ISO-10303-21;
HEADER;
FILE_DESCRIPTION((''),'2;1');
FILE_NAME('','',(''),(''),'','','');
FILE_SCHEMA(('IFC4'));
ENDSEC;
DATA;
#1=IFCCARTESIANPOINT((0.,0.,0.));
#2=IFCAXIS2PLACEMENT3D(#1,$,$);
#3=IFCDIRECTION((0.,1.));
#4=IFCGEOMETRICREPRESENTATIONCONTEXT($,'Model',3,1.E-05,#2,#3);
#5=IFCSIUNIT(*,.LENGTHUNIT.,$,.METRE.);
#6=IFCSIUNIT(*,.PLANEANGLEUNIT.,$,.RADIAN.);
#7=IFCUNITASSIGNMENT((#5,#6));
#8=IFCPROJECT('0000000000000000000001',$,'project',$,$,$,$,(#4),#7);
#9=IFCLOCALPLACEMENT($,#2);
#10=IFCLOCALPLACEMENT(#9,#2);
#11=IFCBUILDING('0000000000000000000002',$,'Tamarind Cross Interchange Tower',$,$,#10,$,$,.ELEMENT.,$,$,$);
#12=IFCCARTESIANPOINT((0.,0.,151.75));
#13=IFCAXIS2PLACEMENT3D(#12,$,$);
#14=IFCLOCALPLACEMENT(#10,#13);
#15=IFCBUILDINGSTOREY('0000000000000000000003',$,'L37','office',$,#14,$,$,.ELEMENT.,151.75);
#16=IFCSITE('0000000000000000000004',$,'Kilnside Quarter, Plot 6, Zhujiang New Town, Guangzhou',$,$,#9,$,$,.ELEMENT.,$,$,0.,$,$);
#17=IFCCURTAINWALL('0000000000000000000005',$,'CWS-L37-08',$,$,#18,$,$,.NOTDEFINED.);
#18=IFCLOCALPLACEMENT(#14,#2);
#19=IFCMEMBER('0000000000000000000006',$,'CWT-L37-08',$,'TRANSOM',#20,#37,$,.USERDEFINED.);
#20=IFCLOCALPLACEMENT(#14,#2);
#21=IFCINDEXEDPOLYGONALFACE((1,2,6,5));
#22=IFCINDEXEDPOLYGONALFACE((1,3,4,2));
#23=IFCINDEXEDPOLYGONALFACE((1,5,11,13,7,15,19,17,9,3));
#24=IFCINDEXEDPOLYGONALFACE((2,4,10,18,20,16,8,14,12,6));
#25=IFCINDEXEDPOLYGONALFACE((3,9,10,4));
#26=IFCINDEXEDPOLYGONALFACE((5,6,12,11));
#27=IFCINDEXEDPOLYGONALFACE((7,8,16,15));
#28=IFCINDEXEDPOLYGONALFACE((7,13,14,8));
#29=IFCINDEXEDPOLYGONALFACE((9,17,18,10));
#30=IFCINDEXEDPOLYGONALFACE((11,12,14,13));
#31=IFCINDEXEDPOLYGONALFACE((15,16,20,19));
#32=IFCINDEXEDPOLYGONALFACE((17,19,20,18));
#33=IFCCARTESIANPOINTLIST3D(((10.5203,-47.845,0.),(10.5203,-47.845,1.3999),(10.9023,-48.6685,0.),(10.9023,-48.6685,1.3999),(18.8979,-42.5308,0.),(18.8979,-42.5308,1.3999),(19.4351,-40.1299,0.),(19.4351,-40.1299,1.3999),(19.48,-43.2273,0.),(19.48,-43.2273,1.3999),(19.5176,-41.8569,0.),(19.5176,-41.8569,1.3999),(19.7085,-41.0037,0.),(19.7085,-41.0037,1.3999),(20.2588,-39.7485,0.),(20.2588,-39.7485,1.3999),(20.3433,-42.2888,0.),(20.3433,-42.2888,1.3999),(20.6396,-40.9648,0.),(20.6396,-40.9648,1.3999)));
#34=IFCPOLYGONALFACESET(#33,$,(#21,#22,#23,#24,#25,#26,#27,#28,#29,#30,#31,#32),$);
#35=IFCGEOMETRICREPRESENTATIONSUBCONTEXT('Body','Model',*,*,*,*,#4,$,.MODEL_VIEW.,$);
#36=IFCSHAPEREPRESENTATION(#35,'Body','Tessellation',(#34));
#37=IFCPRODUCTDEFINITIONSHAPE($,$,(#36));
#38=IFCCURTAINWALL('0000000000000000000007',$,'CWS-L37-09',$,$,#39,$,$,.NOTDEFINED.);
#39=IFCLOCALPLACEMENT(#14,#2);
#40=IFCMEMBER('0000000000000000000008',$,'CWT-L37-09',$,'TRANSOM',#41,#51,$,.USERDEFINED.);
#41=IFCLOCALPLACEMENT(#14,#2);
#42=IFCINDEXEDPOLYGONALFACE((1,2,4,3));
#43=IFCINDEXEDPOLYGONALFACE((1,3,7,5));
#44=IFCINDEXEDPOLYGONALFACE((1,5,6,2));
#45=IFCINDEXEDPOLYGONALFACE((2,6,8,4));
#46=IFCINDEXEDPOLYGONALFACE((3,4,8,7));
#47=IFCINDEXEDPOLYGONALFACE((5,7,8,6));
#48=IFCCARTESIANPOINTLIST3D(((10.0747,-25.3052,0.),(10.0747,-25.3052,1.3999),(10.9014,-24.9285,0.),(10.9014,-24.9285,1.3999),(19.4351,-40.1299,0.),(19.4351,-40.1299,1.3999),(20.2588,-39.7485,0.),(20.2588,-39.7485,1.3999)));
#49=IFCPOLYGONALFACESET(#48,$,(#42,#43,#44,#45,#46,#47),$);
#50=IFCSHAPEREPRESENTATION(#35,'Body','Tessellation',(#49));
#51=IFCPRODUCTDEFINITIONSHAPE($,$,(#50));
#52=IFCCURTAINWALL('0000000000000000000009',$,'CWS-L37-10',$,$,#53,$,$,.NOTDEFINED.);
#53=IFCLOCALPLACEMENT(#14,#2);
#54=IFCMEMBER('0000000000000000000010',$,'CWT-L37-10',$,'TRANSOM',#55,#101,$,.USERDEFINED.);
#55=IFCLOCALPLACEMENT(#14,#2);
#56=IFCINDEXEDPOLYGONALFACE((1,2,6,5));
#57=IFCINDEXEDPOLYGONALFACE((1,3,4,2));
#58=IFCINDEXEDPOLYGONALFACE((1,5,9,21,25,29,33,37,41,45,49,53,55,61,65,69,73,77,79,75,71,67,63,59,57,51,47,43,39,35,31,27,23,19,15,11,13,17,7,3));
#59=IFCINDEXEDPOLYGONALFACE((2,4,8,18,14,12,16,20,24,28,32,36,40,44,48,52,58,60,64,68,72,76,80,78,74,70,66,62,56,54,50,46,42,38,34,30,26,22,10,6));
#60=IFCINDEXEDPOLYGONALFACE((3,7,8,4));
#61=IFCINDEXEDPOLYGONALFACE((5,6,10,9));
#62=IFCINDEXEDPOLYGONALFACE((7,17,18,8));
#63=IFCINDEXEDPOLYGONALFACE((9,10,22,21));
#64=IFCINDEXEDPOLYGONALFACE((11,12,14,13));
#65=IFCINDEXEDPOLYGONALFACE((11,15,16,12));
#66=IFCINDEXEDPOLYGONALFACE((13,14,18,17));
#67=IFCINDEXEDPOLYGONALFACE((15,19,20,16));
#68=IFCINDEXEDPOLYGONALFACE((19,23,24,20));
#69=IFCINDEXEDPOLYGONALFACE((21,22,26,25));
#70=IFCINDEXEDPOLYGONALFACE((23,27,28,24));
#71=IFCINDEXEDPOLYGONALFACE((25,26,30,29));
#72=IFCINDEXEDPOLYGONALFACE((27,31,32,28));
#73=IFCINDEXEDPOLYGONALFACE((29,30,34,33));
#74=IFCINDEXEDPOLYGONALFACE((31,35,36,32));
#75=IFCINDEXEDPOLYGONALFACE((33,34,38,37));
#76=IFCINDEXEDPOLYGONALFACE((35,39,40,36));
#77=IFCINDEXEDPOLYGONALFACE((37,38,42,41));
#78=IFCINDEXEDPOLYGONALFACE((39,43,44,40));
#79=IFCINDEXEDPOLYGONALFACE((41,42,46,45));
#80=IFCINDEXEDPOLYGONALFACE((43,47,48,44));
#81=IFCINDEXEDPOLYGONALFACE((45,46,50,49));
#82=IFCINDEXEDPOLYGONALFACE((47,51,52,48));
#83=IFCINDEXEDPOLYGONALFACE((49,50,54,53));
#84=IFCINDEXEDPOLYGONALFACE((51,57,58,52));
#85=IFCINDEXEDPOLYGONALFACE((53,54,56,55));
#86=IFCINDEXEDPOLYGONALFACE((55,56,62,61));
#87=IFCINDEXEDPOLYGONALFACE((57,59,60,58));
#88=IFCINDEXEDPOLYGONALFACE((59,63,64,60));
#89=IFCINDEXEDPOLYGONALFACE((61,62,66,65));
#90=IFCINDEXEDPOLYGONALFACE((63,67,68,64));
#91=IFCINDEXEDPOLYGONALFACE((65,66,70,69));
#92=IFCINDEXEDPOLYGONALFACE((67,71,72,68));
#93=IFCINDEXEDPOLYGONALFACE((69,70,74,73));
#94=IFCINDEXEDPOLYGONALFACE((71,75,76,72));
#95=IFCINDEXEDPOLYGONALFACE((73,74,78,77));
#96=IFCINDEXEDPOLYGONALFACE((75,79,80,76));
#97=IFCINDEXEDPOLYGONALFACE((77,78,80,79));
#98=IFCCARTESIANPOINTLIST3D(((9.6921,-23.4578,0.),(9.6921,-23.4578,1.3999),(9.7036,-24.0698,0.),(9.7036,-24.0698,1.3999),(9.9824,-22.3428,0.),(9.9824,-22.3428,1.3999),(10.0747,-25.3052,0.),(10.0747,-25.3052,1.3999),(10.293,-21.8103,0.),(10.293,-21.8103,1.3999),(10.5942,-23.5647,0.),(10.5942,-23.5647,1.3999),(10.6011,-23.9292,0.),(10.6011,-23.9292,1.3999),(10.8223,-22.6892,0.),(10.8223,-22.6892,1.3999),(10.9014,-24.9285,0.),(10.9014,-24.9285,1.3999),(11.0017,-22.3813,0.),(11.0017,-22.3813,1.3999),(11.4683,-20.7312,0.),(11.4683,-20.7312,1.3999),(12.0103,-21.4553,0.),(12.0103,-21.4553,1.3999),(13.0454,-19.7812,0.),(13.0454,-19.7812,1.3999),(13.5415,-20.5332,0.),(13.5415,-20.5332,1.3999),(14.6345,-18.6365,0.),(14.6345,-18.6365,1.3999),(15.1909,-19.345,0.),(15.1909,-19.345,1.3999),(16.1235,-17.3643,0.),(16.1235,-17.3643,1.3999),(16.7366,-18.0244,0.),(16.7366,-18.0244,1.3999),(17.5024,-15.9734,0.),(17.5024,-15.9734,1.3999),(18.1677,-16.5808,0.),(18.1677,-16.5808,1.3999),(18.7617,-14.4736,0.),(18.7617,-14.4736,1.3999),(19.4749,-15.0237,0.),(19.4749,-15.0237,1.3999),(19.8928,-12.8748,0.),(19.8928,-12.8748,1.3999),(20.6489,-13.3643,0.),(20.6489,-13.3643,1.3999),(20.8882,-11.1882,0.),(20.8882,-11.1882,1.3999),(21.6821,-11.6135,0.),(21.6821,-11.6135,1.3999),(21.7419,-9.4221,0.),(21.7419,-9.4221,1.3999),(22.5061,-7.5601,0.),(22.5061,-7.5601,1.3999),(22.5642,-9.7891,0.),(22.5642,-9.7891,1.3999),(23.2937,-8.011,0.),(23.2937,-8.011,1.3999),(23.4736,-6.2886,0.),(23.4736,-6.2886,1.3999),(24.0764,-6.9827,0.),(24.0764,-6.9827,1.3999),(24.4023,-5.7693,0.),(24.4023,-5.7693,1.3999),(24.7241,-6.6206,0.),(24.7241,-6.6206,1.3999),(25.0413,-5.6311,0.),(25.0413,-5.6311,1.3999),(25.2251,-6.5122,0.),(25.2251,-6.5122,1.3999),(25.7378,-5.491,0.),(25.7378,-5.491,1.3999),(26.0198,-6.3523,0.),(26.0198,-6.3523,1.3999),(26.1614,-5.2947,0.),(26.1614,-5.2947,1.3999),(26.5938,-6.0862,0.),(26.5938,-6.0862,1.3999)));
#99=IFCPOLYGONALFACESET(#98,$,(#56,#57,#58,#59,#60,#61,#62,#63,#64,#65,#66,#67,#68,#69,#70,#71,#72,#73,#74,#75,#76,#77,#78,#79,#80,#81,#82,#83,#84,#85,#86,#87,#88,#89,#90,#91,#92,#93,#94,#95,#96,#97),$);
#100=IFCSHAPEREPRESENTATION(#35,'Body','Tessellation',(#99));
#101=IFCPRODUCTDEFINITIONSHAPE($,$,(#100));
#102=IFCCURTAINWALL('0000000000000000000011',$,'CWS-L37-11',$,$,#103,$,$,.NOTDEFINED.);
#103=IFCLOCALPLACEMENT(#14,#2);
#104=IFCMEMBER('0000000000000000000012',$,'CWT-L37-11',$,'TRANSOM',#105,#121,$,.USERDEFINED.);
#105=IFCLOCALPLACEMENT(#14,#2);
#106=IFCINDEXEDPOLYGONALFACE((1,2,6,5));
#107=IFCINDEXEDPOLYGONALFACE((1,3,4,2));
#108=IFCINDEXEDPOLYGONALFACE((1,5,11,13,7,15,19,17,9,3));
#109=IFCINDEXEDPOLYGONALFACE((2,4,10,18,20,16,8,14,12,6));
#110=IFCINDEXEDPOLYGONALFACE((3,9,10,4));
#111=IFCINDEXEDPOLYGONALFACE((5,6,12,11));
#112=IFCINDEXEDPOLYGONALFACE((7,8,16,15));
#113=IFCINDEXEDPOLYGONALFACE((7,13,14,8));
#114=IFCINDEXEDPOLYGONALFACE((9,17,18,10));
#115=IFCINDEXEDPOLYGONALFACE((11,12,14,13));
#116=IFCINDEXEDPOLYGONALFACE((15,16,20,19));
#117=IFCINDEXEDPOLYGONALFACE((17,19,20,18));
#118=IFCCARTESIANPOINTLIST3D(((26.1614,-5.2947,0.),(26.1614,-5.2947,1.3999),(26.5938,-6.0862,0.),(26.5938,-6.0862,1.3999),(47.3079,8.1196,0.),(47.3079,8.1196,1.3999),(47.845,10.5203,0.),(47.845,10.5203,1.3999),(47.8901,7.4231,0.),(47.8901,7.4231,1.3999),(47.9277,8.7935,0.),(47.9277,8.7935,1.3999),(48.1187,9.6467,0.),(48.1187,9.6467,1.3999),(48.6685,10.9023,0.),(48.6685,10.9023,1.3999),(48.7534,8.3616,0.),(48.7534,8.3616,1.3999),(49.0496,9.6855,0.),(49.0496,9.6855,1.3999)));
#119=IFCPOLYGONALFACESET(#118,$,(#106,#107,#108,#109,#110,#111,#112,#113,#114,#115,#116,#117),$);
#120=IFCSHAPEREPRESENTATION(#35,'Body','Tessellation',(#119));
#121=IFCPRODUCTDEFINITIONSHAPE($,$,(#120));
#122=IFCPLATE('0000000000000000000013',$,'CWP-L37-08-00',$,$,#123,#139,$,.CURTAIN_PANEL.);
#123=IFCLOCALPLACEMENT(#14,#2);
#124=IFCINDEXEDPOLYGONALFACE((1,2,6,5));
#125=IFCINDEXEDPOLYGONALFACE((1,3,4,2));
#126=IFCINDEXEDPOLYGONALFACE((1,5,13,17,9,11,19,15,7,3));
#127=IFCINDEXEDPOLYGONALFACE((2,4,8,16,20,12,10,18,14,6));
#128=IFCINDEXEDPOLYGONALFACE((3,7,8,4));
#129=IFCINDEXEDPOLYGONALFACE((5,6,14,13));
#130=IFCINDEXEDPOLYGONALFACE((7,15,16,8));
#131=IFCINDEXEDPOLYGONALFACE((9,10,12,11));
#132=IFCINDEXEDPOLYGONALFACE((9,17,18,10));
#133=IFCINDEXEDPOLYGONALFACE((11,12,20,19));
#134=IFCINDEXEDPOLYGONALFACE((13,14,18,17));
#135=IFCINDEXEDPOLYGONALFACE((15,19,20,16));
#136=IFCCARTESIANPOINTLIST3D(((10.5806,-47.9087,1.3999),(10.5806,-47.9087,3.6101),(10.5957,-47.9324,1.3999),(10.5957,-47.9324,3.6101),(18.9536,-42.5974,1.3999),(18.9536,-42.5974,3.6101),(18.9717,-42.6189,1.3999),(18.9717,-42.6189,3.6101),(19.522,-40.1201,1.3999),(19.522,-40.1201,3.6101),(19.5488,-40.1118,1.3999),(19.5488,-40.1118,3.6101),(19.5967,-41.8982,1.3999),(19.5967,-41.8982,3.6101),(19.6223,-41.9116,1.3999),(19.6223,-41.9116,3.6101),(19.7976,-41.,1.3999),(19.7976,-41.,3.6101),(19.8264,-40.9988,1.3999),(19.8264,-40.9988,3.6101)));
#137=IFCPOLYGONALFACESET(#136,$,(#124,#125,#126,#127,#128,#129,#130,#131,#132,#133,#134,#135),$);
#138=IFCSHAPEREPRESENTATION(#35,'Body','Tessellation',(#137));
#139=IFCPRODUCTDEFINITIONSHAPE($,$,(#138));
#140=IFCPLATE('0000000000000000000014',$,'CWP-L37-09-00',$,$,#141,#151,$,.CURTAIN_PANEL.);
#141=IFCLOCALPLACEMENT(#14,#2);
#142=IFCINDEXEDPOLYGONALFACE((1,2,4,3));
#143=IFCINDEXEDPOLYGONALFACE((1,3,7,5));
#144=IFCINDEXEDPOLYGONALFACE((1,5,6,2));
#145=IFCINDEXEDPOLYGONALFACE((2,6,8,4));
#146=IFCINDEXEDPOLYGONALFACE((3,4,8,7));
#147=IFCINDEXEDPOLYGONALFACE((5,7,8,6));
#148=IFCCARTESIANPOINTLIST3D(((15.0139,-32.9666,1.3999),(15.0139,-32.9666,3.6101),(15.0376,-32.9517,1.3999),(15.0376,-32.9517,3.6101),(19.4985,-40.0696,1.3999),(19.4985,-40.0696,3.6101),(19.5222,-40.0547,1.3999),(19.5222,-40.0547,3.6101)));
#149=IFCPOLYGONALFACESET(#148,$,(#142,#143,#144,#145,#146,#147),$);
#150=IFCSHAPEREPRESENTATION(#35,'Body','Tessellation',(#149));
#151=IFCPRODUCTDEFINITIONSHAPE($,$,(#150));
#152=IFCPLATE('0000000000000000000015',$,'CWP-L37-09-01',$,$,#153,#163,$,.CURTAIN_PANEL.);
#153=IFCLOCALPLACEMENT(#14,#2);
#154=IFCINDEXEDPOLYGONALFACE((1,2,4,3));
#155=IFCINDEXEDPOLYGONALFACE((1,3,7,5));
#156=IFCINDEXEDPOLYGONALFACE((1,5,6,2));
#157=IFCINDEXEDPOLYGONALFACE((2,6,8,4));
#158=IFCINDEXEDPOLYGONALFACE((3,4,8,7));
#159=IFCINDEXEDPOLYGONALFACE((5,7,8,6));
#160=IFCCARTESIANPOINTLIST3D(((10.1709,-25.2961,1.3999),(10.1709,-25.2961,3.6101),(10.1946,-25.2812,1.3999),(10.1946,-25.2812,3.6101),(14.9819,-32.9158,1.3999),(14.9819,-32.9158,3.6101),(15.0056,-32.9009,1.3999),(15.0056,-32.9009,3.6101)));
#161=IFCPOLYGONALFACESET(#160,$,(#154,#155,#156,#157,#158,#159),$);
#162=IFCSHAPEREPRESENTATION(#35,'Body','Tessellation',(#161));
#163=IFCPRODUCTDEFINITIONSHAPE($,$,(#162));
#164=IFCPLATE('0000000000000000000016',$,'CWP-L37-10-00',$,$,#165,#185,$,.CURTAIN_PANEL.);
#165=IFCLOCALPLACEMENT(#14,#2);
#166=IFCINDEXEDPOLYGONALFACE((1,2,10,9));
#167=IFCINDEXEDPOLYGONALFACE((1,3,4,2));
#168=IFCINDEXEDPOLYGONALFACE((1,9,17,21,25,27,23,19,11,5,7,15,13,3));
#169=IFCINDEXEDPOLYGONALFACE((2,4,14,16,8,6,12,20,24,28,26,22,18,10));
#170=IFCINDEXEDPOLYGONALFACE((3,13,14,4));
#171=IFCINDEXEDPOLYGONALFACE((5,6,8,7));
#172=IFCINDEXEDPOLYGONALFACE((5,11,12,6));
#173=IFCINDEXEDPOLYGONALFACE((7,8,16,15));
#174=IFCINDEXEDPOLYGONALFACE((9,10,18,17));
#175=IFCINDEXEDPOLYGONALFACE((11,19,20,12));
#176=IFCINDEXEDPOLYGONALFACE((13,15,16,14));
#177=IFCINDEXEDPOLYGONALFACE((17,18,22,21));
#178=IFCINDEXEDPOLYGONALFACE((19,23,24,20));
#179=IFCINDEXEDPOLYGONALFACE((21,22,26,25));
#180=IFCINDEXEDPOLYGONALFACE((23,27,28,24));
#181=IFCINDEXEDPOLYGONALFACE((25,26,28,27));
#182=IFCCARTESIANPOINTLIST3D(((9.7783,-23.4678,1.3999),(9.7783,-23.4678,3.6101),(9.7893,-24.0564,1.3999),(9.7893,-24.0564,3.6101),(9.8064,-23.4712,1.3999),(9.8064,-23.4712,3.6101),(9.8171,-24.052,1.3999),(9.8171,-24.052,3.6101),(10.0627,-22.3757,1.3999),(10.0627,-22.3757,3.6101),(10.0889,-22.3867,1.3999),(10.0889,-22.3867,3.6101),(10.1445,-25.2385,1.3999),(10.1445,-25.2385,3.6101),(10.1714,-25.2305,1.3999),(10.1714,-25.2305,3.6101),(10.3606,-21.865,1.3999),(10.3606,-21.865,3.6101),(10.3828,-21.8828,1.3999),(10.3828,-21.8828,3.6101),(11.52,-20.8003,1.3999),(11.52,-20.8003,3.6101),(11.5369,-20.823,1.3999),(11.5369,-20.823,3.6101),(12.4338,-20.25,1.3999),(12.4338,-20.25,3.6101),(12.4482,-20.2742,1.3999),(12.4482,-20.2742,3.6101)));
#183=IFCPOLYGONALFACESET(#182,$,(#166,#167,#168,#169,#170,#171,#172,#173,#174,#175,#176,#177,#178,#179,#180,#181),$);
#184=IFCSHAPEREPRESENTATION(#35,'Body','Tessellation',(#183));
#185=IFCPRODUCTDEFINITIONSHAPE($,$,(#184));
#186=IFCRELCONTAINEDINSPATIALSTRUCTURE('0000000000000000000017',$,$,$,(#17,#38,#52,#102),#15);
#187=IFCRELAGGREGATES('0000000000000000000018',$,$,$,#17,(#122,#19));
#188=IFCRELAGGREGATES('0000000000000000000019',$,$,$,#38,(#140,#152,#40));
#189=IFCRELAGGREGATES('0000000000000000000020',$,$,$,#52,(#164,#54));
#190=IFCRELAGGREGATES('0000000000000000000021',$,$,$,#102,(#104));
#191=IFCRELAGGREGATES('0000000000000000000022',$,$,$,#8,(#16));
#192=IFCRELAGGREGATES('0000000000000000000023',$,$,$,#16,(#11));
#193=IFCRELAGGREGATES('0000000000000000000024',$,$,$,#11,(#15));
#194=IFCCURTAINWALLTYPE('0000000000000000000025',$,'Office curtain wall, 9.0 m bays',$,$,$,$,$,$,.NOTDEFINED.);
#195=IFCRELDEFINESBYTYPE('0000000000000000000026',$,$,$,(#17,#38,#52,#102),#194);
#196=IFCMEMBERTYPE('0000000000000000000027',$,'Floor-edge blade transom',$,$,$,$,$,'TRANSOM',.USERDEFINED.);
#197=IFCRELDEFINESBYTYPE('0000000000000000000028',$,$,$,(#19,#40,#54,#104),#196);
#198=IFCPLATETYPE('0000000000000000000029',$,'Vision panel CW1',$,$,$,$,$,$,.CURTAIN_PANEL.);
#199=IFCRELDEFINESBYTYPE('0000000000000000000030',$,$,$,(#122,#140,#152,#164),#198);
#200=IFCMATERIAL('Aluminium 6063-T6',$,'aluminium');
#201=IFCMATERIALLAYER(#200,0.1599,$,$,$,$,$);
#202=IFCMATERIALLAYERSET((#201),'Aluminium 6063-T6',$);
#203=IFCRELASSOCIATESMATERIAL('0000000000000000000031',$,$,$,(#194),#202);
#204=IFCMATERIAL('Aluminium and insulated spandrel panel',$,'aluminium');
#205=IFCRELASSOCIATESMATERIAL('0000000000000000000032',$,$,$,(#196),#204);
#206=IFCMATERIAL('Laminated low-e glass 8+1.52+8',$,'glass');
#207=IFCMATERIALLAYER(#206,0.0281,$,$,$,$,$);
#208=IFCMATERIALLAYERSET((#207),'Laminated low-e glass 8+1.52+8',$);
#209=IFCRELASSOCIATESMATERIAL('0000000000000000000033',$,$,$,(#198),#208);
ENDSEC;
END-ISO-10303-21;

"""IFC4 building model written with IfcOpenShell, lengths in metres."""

from ifc_helpers import new_model, si_unit, direction, frame, origin, place, context, subcontext, project, spatial, polyline, outline, extrude, material, layer, layer_set, type_object, element, aggregate, save


model = new_model("IFC4")

# Units and contexts
model_context = context("Model", 3, precision=1e-05, world=origin(), true_north=direction((0.0, 1.0)))
body_context = subcontext(model_context, "Body", "Model", "MODEL_VIEW")
ifc_project = project(units=[si_unit("LENGTHUNIT", "METRE"), si_unit("PLANEANGLEUNIT", "RADIAN")], contexts=[model_context])

# Site, building, storey
site_placement = place(None, origin())
site = spatial("IfcSite", under=ifc_project, at=site_placement, Name="Kilnside Quarter, Plot 6, Zhujiang New Town, Guangzhou", CompositionType="ELEMENT", RefElevation=0.0)
building_placement = place(site_placement, origin())
building = spatial("IfcBuilding", under=site, at=building_placement, Name="Tamarind Cross Interchange Tower", CompositionType="ELEMENT")
storey_placement = place(building_placement, frame((0.0, 0.0, 151.75)))
storey = spatial("IfcBuildingStorey", under=building, at=storey_placement, Name="L37", Description="office", CompositionType="ELEMENT", Elevation=151.75)

# Curtain walls, members
ifc_material_1 = material(Name="Aluminium 6063-T6", Category="aluminium")
ifc_layer_1 = layer(ifc_material_1, 0.1599)
ifc_layer_set_1 = layer_set([ifc_layer_1], Name="Aluminium 6063-T6")
curtain_wall_type = type_object("IfcCurtainWallType", Name="Office curtain wall, 9.0 m bays", PredefinedType="NOTDEFINED", material=ifc_layer_set_1)
curtain_wall_1_placement = place(storey_placement, origin())
curtain_wall_1 = element("IfcCurtainWall", 1, at=curtain_wall_1_placement, inside=storey, type_object=curtain_wall_type, Name="CWS-L37-08", PredefinedType="NOTDEFINED")
ifc_material_2 = material(Name="Aluminium and insulated spandrel panel", Category="aluminium")
member_type = type_object("IfcMemberType", Name="Floor-edge blade transom", ElementType="TRANSOM", PredefinedType="USERDEFINED", material=ifc_material_2)
member_1_placement = place(storey_placement, origin())
member_1 = element("IfcMember", 2, at=member_1_placement, type_object=member_type, Name="CWT-L37-08", ObjectType="TRANSOM", PredefinedType="USERDEFINED", context=body_context, shape_type="SweptSolid", body=[
    extrude(outline(polyline([(10.5203, -47.845), (18.8979, -42.5308), (19.5176, -41.8569), (19.7085, -41.0037), (19.4351, -40.1299), (20.2588, -39.7485), (20.6396, -40.9648), (20.3433, -42.2888), (19.48, -43.2273), (10.9023, -48.6685), (10.5203, -47.845)])), origin(), (0.0, 0.0, 1.0), 1.3999),
])
curtain_wall_2_placement = place(storey_placement, origin())
curtain_wall_2 = element("IfcCurtainWall", 3, at=curtain_wall_2_placement, inside=storey, type_object=curtain_wall_type, Name="CWS-L37-09", PredefinedType="NOTDEFINED")
member_2_placement = place(storey_placement, origin())
member_2 = element("IfcMember", 4, at=member_2_placement, type_object=member_type, Name="CWT-L37-09", ObjectType="TRANSOM", PredefinedType="USERDEFINED", context=body_context, shape_type="SweptSolid", body=[
    extrude(outline(polyline([(19.4351, -40.1299), (10.0747, -25.3052), (10.9014, -24.9285), (20.2588, -39.7485), (19.4351, -40.1299)])), origin(), (0.0, 0.0, 1.0), 1.3999),
])
curtain_wall_3_placement = place(storey_placement, origin())
curtain_wall_3 = element("IfcCurtainWall", 5, at=curtain_wall_3_placement, inside=storey, type_object=curtain_wall_type, Name="CWS-L37-10", PredefinedType="NOTDEFINED")
member_3_placement = place(storey_placement, origin())
member_3 = element("IfcMember", 6, at=member_3_placement, type_object=member_type, Name="CWT-L37-10", ObjectType="TRANSOM", PredefinedType="USERDEFINED", context=body_context, shape_type="SweptSolid", body=[
    extrude(outline(polyline([(10.0747, -25.3052), (9.7036, -24.0698), (9.6921, -23.4578), (9.9824, -22.3428), (10.293, -21.8103), (11.4683, -20.7312), (13.0454, -19.7812), (14.6345, -18.6365), (16.1235, -17.3643), (17.5024, -15.9734), (18.7617, -14.4736), (19.8928, -12.8748), (20.8882, -11.1882), (21.7419, -9.4221), (22.5061, -7.5601), (23.4736, -6.2886), (24.4023, -5.7693), (25.0413, -5.6311), (25.7378, -5.491), (26.1614, -5.2947), (26.5938, -6.0862), (26.0198, -6.3523), (25.2251, -6.5122), (24.7241, -6.6206), (24.0764, -6.9827), (23.2937, -8.011), (22.5642, -9.7891), (21.6821, -11.6135), (20.6489, -13.3643), (19.4749, -15.0237), (18.1677, -16.5808), (16.7366, -18.0244), (15.1909, -19.345), (13.5415, -20.5332), (12.0103, -21.4553), (11.0017, -22.3813), (10.8223, -22.6892), (10.5942, -23.5647), (10.6011, -23.9292), (10.9014, -24.9285), (10.0747, -25.3052)])), origin(), (0.0, 0.0, 1.0), 1.3999),
])
curtain_wall_4_placement = place(storey_placement, origin())
curtain_wall_4 = element("IfcCurtainWall", 7, at=curtain_wall_4_placement, inside=storey, type_object=curtain_wall_type, Name="CWS-L37-11", PredefinedType="NOTDEFINED")
member_4_placement = place(storey_placement, origin())
member_4 = element("IfcMember", 8, at=member_4_placement, type_object=member_type, Name="CWT-L37-11", ObjectType="TRANSOM", PredefinedType="USERDEFINED", context=body_context, shape_type="SweptSolid", body=[
    extrude(outline(polyline([(26.1614, -5.2947), (47.3079, 8.1196), (47.9277, 8.7935), (48.1187, 9.6467), (47.845, 10.5203), (48.6685, 10.9023), (49.0496, 9.6855), (48.7534, 8.3616), (47.8901, 7.4231), (26.5938, -6.0862), (26.1614, -5.2947)])), origin(), (0.0, 0.0, 1.0), 1.3999),
])

# Plates
ifc_material_3 = material(Name="Laminated low-e glass 8+1.52+8", Category="glass")
ifc_layer_2 = layer(ifc_material_3, 0.0281)
ifc_layer_set_2 = layer_set([ifc_layer_2], Name="Laminated low-e glass 8+1.52+8")
plate_type = type_object("IfcPlateType", Name="Vision panel CW1", PredefinedType="CURTAIN_PANEL", material=ifc_layer_set_2)
plate_1_placement = place(storey_placement, frame((0.0, 0.0, 1.3999)))
plate_1 = element("IfcPlate", 9, at=plate_1_placement, type_object=plate_type, Name="CWP-L37-08-00", PredefinedType="CURTAIN_PANEL", context=body_context, shape_type="SweptSolid", body=[
    extrude(outline(polyline([(10.5806, -47.9087), (18.9536, -42.5974), (19.5967, -41.8982), (19.7976, -41.0), (19.522, -40.1201), (19.5488, -40.1118), (19.8264, -40.9988), (19.6223, -41.9116), (18.9717, -42.6189), (10.5957, -47.9324), (10.5806, -47.9087)])), origin(), (0.0, 0.0, 1.0), 2.2102),
])
aggregate(curtain_wall_1, [plate_1, member_1])
plate_2_placement = place(storey_placement, frame((0.0, 0.0, 1.3999)))
plate_2 = element("IfcPlate", 10, at=plate_2_placement, type_object=plate_type, Name="CWP-L37-09-00", PredefinedType="CURTAIN_PANEL", context=body_context, shape_type="SweptSolid", body=[
    extrude(outline(polyline([(19.4985, -40.0696), (15.0139, -32.9666), (15.0376, -32.9517), (19.5222, -40.0547), (19.4985, -40.0696)])), origin(), (0.0, 0.0, 1.0), 2.2102),
])
plate_3_placement = place(storey_placement, frame((0.0, 0.0, 1.3999)))
plate_3 = element("IfcPlate", 11, at=plate_3_placement, type_object=plate_type, Name="CWP-L37-09-01", PredefinedType="CURTAIN_PANEL", context=body_context, shape_type="SweptSolid", body=[
    extrude(outline(polyline([(14.9819, -32.9158), (10.1709, -25.2961), (10.1946, -25.2812), (15.0056, -32.9009), (14.9819, -32.9158)])), origin(), (0.0, 0.0, 1.0), 2.2102),
])
aggregate(curtain_wall_2, [plate_2, plate_3, member_2])
plate_4_placement = place(storey_placement, frame((0.0, 0.0, 1.3999)))
plate_4 = element("IfcPlate", 12, at=plate_4_placement, type_object=plate_type, Name="CWP-L37-10-00", PredefinedType="CURTAIN_PANEL", context=body_context, shape_type="SweptSolid", body=[
    extrude(outline(polyline([(10.1445, -25.2385), (9.7893, -24.0564), (9.7783, -23.4678), (10.0627, -22.3757), (10.3606, -21.865), (11.52, -20.8003), (12.4338, -20.25), (12.4482, -20.2742), (11.5369, -20.823), (10.3828, -21.8828), (10.0889, -22.3867), (9.8064, -23.4712), (9.8171, -24.052), (10.1714, -25.2305), (10.1445, -25.2385)])), origin(), (0.0, 0.0, 1.0), 2.2102),
])
aggregate(curtain_wall_3, [plate_4, member_3])
aggregate(curtain_wall_4, [member_4])

save(model, "model.ifc")
